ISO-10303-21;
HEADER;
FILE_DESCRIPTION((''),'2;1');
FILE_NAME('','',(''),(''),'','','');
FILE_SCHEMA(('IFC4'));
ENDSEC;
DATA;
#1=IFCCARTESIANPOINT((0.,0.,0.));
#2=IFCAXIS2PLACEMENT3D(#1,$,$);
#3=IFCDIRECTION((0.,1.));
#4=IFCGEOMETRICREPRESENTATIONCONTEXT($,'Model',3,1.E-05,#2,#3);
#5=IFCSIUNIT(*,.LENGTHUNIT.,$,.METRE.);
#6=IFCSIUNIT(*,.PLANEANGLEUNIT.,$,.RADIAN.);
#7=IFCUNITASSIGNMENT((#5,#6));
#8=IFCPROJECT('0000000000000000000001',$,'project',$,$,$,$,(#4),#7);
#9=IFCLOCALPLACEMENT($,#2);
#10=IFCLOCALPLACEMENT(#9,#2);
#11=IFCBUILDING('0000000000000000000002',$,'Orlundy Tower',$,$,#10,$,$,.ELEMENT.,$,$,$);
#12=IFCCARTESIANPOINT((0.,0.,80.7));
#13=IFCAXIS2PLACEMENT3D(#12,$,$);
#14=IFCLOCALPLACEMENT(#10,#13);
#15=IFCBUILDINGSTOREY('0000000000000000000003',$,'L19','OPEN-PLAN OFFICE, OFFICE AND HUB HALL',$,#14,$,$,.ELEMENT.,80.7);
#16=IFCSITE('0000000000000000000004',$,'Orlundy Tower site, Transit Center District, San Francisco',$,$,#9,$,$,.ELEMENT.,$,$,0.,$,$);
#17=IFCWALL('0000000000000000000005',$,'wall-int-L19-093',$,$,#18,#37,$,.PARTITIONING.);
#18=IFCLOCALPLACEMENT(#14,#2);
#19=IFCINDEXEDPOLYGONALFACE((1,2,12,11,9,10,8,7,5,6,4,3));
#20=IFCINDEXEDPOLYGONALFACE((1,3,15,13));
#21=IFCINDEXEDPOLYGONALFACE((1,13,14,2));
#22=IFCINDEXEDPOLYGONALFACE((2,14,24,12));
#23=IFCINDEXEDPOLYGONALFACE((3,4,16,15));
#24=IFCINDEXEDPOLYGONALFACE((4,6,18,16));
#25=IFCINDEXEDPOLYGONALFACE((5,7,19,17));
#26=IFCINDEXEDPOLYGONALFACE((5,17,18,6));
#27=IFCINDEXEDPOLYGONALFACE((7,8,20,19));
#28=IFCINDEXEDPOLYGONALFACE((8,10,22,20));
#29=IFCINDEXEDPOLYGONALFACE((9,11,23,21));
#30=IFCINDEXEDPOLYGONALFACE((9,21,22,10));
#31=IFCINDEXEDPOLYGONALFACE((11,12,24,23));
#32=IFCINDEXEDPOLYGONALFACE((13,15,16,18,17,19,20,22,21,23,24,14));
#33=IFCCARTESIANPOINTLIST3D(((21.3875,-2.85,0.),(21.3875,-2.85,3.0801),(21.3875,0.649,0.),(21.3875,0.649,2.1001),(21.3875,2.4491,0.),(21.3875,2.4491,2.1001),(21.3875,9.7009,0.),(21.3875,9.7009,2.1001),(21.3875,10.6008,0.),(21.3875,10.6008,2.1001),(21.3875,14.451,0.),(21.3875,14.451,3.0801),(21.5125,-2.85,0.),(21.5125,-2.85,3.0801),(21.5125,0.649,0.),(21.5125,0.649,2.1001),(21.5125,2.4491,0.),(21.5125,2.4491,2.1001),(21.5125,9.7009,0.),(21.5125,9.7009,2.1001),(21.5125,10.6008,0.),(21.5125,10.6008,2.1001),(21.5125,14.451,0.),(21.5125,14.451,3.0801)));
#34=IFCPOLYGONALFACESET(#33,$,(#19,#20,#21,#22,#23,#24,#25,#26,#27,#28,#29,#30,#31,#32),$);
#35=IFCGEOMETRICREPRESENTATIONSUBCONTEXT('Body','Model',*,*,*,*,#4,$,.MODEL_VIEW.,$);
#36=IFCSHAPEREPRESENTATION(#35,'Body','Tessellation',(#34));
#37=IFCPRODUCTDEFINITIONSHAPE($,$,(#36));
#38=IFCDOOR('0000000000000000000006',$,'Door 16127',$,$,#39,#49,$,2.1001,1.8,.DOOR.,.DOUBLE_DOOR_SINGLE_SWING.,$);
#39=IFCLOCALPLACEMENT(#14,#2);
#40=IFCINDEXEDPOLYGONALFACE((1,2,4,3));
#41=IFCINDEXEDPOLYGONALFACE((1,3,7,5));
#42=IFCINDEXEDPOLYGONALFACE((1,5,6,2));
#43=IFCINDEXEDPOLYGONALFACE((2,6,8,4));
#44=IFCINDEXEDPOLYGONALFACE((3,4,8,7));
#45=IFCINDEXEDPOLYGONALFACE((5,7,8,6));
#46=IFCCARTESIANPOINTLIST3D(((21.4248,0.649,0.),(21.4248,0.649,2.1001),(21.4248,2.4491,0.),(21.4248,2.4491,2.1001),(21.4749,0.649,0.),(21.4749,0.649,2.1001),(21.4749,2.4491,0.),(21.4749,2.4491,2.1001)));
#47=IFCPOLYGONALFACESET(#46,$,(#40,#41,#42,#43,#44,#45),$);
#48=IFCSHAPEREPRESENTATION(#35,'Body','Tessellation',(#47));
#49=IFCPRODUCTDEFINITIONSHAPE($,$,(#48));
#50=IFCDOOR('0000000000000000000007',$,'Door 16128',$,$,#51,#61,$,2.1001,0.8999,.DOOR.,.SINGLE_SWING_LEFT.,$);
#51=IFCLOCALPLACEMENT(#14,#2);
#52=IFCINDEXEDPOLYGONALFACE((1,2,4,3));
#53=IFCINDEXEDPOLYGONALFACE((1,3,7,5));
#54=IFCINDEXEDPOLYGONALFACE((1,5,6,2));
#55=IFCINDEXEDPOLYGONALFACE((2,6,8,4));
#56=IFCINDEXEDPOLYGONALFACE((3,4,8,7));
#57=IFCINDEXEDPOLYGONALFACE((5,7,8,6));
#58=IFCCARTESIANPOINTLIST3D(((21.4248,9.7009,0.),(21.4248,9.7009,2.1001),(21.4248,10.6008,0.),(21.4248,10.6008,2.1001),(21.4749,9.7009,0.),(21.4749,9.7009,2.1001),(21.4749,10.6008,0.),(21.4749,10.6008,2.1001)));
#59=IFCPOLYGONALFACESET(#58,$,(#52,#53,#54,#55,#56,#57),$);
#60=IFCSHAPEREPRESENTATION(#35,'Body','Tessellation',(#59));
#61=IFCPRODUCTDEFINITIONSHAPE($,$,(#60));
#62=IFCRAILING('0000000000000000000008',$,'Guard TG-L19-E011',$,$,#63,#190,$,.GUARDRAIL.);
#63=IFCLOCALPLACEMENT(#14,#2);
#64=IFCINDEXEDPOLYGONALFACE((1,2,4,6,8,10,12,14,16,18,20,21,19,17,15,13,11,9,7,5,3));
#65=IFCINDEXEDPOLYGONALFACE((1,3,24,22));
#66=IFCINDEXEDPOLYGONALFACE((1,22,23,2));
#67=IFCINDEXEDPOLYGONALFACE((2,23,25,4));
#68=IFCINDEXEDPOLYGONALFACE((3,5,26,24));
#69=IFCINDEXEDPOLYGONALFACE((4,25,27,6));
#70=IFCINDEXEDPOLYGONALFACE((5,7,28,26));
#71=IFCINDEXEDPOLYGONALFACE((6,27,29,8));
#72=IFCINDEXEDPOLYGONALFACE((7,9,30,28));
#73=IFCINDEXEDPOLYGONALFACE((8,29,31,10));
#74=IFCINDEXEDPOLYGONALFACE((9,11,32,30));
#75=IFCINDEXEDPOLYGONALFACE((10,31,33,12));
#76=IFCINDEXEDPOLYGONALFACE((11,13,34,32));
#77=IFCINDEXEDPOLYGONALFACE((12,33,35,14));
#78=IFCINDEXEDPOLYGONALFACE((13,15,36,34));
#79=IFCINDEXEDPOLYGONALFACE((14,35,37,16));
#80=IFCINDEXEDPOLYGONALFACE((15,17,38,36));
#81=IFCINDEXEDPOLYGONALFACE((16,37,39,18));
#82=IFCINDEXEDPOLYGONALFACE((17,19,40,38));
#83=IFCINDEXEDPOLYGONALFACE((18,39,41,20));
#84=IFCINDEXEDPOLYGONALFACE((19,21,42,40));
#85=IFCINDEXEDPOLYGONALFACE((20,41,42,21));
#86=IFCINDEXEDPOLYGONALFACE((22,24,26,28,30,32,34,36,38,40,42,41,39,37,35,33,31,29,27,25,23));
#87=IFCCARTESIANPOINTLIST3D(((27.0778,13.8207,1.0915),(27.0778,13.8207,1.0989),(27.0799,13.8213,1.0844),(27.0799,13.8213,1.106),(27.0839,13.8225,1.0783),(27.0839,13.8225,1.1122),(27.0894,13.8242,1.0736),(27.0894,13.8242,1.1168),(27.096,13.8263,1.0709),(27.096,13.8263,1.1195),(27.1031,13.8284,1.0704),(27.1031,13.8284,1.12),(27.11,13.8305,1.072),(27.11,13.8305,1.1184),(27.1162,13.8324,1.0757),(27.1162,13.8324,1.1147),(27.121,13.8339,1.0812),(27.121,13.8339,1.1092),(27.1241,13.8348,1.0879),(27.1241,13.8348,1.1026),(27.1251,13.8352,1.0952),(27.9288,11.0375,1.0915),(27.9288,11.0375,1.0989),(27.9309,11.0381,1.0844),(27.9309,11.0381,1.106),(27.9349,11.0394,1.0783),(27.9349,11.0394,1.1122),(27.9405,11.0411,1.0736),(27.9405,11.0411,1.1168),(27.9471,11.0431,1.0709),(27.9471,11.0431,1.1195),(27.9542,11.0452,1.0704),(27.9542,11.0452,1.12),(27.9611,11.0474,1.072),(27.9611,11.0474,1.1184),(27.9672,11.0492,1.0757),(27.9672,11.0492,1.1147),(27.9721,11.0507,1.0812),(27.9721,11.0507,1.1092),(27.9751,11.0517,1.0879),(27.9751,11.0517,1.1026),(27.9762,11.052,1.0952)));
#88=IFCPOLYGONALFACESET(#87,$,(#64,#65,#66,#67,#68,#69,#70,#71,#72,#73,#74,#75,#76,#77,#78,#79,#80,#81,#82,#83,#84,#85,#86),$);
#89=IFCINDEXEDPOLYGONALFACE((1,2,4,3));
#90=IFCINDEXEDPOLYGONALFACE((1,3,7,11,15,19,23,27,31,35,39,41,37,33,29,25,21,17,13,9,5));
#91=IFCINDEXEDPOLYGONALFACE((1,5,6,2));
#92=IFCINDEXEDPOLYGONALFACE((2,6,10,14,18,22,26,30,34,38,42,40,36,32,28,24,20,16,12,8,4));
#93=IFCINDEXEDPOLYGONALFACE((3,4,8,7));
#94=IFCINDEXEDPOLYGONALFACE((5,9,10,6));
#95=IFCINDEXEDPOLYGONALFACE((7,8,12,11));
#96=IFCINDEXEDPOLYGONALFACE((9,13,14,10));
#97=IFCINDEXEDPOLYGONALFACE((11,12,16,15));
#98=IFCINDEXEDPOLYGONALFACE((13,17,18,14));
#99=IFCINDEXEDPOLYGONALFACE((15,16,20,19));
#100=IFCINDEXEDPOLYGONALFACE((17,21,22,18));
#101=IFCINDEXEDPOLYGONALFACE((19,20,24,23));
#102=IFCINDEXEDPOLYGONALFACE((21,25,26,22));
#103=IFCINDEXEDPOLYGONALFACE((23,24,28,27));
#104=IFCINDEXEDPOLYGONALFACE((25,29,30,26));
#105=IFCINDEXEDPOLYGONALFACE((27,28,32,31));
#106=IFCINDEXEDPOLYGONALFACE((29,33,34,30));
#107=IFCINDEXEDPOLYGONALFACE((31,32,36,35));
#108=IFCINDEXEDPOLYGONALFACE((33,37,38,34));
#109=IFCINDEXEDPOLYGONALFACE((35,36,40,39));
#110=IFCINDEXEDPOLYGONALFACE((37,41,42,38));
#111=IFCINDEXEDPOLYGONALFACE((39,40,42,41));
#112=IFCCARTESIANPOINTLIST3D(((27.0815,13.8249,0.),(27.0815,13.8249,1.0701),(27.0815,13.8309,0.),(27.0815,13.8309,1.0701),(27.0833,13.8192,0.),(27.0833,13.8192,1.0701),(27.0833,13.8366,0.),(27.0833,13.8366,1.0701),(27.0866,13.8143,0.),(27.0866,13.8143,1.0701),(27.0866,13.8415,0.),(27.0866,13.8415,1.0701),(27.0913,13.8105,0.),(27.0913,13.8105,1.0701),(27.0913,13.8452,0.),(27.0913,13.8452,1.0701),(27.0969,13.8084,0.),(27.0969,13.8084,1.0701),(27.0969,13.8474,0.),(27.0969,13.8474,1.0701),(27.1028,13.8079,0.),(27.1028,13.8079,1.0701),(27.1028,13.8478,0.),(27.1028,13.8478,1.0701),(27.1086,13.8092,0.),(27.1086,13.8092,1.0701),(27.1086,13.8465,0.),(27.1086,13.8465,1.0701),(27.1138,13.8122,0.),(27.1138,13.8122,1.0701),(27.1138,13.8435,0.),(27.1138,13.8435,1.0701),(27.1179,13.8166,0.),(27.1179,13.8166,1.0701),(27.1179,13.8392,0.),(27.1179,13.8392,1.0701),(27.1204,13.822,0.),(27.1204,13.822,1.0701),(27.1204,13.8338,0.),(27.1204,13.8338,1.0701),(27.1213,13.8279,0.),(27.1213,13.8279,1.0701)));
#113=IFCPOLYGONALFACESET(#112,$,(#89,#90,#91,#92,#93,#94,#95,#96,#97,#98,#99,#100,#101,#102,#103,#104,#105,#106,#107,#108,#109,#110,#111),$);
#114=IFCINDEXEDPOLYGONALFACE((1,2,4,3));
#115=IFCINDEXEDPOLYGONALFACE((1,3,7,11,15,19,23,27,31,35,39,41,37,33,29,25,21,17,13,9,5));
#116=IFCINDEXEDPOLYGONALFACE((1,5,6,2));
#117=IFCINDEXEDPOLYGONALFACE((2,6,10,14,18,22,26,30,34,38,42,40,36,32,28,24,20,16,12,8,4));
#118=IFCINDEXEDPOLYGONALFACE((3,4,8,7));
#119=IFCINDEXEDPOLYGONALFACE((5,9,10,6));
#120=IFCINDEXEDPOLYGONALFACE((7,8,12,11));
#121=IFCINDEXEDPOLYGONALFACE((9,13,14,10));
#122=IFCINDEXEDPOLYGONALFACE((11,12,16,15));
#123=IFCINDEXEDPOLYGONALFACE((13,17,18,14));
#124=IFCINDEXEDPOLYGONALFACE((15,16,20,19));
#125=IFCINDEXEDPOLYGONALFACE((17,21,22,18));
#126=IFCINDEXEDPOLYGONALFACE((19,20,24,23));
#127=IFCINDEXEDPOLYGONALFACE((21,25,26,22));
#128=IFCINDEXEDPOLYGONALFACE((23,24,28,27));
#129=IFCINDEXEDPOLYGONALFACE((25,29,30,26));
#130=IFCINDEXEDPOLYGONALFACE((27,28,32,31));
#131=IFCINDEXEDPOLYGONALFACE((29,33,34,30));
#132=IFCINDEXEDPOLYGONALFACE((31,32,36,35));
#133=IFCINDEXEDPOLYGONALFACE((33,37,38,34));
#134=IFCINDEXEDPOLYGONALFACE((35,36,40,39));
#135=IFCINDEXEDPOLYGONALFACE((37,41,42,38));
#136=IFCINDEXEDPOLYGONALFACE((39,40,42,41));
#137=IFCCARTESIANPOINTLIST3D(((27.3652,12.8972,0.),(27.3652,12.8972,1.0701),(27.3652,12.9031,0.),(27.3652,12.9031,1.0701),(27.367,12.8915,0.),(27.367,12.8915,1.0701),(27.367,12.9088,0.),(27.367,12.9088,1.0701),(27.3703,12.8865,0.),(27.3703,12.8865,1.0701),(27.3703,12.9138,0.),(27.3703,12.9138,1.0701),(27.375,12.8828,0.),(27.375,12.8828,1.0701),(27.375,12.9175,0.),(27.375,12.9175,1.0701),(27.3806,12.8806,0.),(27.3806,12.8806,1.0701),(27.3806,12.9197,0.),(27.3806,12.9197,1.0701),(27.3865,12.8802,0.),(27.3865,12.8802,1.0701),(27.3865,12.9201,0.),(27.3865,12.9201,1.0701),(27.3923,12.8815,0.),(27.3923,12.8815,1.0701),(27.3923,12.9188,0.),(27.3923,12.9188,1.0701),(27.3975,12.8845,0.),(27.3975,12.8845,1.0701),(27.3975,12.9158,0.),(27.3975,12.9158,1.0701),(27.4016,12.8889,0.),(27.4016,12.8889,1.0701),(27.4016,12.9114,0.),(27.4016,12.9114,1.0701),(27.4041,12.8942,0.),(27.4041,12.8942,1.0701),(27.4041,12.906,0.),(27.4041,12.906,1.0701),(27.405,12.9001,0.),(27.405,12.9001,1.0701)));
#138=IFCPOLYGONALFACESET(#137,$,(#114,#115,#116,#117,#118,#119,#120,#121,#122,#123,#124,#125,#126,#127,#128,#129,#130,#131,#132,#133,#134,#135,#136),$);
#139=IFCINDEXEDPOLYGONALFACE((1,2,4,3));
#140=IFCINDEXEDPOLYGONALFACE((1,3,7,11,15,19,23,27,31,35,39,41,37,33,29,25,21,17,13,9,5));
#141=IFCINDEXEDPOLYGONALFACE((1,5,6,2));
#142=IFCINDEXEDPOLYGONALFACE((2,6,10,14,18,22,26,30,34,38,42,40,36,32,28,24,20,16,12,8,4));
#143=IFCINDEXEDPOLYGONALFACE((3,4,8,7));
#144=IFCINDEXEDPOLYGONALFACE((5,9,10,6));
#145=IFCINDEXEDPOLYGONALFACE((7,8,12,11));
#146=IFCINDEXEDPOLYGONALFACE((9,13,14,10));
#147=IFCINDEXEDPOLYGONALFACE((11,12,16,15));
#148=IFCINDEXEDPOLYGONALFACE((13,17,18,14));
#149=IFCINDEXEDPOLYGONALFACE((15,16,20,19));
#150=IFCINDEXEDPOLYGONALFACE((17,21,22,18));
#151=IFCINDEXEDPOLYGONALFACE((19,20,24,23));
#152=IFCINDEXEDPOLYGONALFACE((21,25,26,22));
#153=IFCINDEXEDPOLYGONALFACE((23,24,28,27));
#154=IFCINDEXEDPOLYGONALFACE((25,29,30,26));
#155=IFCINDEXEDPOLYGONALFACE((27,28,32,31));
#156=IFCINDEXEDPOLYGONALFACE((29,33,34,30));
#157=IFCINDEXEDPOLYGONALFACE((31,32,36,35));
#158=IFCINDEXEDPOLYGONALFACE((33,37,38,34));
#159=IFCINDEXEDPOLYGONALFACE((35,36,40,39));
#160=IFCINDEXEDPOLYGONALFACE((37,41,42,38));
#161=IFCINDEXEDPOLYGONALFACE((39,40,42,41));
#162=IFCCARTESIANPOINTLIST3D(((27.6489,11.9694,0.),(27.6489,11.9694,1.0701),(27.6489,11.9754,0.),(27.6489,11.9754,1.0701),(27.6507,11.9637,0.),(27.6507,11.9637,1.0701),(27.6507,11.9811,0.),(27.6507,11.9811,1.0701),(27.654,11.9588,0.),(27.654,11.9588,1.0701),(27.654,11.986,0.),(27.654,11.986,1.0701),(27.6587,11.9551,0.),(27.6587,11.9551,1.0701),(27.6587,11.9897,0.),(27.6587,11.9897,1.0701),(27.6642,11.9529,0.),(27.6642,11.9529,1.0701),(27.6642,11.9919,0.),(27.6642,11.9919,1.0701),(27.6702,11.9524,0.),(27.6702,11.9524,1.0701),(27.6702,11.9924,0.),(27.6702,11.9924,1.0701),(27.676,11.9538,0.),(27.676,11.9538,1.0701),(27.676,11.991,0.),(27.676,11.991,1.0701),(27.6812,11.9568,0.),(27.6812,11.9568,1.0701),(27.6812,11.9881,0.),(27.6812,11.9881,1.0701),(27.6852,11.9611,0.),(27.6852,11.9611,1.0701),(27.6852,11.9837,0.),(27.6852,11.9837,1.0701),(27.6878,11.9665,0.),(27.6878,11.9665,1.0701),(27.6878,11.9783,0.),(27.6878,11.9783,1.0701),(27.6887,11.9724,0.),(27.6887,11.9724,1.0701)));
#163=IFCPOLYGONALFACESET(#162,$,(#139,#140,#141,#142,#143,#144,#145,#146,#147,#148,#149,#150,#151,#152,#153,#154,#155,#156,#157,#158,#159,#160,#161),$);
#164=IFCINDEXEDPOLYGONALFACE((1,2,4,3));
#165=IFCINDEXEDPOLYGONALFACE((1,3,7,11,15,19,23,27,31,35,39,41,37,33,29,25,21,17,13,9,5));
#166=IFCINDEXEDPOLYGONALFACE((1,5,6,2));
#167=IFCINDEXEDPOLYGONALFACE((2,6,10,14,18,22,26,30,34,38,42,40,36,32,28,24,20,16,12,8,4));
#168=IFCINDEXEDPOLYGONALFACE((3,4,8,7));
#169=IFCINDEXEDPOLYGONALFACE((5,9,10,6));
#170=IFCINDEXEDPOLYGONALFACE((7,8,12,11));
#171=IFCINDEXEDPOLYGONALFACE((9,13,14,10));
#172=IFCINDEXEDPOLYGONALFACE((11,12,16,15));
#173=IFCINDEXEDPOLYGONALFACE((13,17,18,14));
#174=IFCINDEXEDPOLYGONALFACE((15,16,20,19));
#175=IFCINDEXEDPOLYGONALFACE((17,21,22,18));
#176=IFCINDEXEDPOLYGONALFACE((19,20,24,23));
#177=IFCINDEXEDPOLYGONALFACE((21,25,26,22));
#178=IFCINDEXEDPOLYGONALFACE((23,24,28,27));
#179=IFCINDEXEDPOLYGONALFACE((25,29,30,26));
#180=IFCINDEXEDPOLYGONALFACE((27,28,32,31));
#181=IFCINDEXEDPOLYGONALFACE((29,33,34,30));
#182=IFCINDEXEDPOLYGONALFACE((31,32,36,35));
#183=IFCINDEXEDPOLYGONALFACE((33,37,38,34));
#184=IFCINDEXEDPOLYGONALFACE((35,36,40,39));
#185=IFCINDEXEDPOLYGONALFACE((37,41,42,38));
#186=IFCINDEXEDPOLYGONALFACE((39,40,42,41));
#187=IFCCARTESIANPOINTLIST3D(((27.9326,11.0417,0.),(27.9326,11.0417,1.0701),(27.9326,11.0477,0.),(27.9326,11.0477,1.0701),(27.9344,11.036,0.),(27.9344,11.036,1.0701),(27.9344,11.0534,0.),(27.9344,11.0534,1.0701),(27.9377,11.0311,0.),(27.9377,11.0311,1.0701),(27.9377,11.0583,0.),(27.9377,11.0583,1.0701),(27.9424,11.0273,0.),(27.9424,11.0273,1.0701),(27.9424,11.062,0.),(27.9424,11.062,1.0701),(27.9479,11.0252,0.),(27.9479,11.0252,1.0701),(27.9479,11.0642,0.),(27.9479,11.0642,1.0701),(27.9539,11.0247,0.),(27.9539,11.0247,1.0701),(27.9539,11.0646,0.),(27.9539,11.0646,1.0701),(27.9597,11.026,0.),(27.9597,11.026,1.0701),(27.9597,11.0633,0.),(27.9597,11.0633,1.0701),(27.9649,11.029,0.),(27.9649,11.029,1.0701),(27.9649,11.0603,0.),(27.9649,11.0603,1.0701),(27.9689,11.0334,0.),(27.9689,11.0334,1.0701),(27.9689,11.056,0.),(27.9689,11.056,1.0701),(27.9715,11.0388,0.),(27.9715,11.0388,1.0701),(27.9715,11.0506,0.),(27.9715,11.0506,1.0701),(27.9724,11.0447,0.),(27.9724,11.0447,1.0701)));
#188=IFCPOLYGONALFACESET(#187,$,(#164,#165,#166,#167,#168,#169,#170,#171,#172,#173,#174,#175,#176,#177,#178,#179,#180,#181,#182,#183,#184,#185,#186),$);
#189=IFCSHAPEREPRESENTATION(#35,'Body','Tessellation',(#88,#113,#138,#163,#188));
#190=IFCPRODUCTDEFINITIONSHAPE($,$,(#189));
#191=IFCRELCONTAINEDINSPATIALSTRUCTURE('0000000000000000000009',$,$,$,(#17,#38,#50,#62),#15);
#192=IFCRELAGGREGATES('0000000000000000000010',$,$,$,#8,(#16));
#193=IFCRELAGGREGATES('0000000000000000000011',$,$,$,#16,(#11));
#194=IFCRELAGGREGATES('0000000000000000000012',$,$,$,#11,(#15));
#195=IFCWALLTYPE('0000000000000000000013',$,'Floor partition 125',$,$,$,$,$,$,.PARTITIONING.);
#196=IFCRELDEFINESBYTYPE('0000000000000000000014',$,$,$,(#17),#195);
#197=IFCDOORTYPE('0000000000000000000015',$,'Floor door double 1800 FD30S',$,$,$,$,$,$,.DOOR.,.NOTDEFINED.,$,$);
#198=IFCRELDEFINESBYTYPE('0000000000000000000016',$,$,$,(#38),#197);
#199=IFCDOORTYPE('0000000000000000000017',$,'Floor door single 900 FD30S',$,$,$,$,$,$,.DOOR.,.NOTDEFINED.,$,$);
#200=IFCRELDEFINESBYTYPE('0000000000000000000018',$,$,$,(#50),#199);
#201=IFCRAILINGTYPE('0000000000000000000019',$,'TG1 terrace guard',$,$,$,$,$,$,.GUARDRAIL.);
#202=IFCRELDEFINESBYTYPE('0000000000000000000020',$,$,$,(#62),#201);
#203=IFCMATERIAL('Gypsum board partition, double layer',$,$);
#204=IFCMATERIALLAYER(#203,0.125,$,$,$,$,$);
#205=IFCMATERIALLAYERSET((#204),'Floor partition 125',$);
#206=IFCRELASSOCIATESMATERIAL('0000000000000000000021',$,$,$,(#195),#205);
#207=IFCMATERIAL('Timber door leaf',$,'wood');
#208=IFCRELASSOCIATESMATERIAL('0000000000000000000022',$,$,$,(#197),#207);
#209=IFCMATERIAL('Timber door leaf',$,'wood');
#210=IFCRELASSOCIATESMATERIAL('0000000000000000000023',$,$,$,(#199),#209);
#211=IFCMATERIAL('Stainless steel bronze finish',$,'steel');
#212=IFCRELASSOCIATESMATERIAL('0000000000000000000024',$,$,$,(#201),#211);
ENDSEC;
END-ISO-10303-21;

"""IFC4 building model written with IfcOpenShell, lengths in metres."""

from ifc_helpers import new_model, si_unit, direction, frame, frame_2d, origin, origin_2d, place, context, subcontext, project, spatial, rectangle, circle, extrude, material, layer, layer_set, type_object, element, fill, save


model = new_model("IFC4")

# Units and contexts
model_context = context("Model", 3, precision=1e-05, world=origin(), true_north=direction((0.0, 1.0)))
body_context = subcontext(model_context, "Body", "Model", "MODEL_VIEW")
ifc_project = project(units=[si_unit("LENGTHUNIT", "METRE"), si_unit("PLANEANGLEUNIT", "RADIAN")], contexts=[model_context])

# Site, building, storey
site_placement = place(None, origin())
site = spatial("IfcSite", under=ifc_project, at=site_placement, Name="Orlundy Tower site, Transit Center District, San Francisco", CompositionType="ELEMENT", RefElevation=0.0)
building_placement = place(site_placement, origin())
building = spatial("IfcBuilding", under=site, at=building_placement, Name="Orlundy Tower", CompositionType="ELEMENT")
storey_placement = place(building_placement, frame((0.0, 0.0, 80.7)))
storey = spatial("IfcBuildingStorey", under=building, at=storey_placement, Name="L19", Description="OPEN-PLAN OFFICE, OFFICE AND HUB HALL", CompositionType="ELEMENT", Elevation=80.7)

# Shared definitions
ifc_material_1 = material(Name="Gypsum board partition, double layer")
ifc_layer_1 = layer(ifc_material_1, 0.125)
ifc_layer_set_1 = layer_set([ifc_layer_1], Name="Floor partition 125")
wall_type_1 = type_object("IfcWallType", Name="Floor partition 125", PredefinedType="PARTITIONING", material=ifc_layer_set_1)

# Wall, openings, doors
wall_1_placement = place(storey_placement, frame((21.45, 14.4509, 0.0), z_axis=(0.0, 0.0, 1.0), x_axis=(0.0, -1.0, 0.0)))
wall_1 = element("IfcWall", 1, at=wall_1_placement, inside=storey, type_object=wall_type_1, Name="wall-int-L19-093", PredefinedType="PARTITIONING", context=body_context, shape_type="SweptSolid", body=[
    extrude(rectangle(XDim=17.301, YDim=0.125, at=frame_2d((8.6504, 0.0))), origin(), (0.0, 0.0, 1.0), 3.0801),
])
opening_1_placement = place(wall_1_placement, frame((12.002, 0.0, 0.0)))
opening_1 = element("IfcOpeningElement", 2, at=opening_1_placement, cuts=wall_1, PredefinedType="OPENING", context=body_context, shape_type="SweptSolid", body=[
    extrude(rectangle(XDim=1.8, YDim=2.1001, at=frame_2d((0.8999, 1.05))), frame((0.0, 0.0725, 0.0), z_axis=(0.0, -1.0, 0.0), x_axis=(1.0, 0.0, 0.0)), (0.0, 0.0, 1.0), 0.145),
])
opening_2_placement = place(wall_1_placement, frame((3.8501, 0.0, 0.0)))
opening_2 = element("IfcOpeningElement", 3, at=opening_2_placement, cuts=wall_1, PredefinedType="OPENING", context=body_context, shape_type="SweptSolid", body=[
    extrude(rectangle(XDim=0.8999, YDim=2.1001, at=frame_2d((0.45, 1.05))), frame((0.0, 0.0725, 0.0), z_axis=(0.0, -1.0, 0.0), x_axis=(1.0, 0.0, 0.0)), (0.0, 0.0, 1.0), 0.145),
])
ifc_material_2 = material(Name="Timber door leaf", Category="wood")
door_type_1 = type_object("IfcDoorType", Name="Floor door double 1800 FD30S", OperationType="NOTDEFINED", PredefinedType="DOOR", material=ifc_material_2)
door_1_placement = place(opening_1_placement, origin())
door_1 = element("IfcDoor", 4, at=door_1_placement, inside=storey, type_object=door_type_1, Name="Door 16127", OperationType="DOUBLE_DOOR_SINGLE_SWING", OverallHeight=2.1001, OverallWidth=1.8, PredefinedType="DOOR", context=body_context, shape_type="SweptSolid", body=[
    extrude(rectangle(XDim=1.8, YDim=2.1001, at=frame_2d((0.8999, 1.05))), frame((0.0, 0.0249, 0.0), z_axis=(0.0, -1.0, 0.0), x_axis=(1.0, 0.0, 0.0)), (0.0, 0.0, 1.0), 0.05),
])
fill(opening_1, door_1)
ifc_material_3 = material(Name="Timber door leaf", Category="wood")
door_type_2 = type_object("IfcDoorType", Name="Floor door single 900 FD30S", OperationType="NOTDEFINED", PredefinedType="DOOR", material=ifc_material_3)
door_2_placement = place(opening_2_placement, origin())
door_2 = element("IfcDoor", 5, at=door_2_placement, inside=storey, type_object=door_type_2, Name="Door 16128", OperationType="SINGLE_SWING_LEFT", OverallHeight=2.1001, OverallWidth=0.8999, PredefinedType="DOOR", context=body_context, shape_type="SweptSolid", body=[
    extrude(rectangle(XDim=0.8999, YDim=2.1001, at=frame_2d((0.45, 1.05))), frame((0.0, 0.0249, 0.0), z_axis=(0.0, -1.0, 0.0), x_axis=(1.0, 0.0, 0.0)), (0.0, 0.0, 1.0), 0.05),
])
fill(opening_2, door_2)

# Railing
ifc_material_4 = material(Name="Stainless steel bronze finish", Category="steel")
railing_type = type_object("IfcRailingType", Name="TG1 terrace guard", PredefinedType="GUARDRAIL", material=ifc_material_4)
railing_1_placement = place(storey_placement, frame((27.1013, 13.8279, 0.0)))
element("IfcRailing", 6, at=railing_1_placement, inside=storey, type_object=railing_type, Name="Guard TG-L19-E011", PredefinedType="GUARDRAIL", context=body_context, shape_type="SweptSolid", body=[
    extrude(circle(Radius=0.0249, at=origin_2d()), frame((0.0, 0.0, 1.0952), z_axis=(0.292423, -0.956289, 0.0), x_axis=(0.956289, 0.292423, 0.0)), (0.0, 0.0, 1.0), 2.9104),
    extrude(circle(Radius=0.02, at=origin_2d()), origin(), (0.0, 0.0, 1.0), 1.0701),
    extrude(circle(Radius=0.02, at=origin_2d()), frame((0.2837, -0.9277, 0.0)), (0.0, 0.0, 1.0), 1.0701),
    extrude(circle(Radius=0.02, at=origin_2d()), frame((0.5674, -1.8555, 0.0)), (0.0, 0.0, 1.0), 1.0701),
    extrude(circle(Radius=0.02, at=origin_2d()), frame((0.8511, -2.7832, 0.0)), (0.0, 0.0, 1.0), 1.0701),
])

save(model, "model.ifc")
